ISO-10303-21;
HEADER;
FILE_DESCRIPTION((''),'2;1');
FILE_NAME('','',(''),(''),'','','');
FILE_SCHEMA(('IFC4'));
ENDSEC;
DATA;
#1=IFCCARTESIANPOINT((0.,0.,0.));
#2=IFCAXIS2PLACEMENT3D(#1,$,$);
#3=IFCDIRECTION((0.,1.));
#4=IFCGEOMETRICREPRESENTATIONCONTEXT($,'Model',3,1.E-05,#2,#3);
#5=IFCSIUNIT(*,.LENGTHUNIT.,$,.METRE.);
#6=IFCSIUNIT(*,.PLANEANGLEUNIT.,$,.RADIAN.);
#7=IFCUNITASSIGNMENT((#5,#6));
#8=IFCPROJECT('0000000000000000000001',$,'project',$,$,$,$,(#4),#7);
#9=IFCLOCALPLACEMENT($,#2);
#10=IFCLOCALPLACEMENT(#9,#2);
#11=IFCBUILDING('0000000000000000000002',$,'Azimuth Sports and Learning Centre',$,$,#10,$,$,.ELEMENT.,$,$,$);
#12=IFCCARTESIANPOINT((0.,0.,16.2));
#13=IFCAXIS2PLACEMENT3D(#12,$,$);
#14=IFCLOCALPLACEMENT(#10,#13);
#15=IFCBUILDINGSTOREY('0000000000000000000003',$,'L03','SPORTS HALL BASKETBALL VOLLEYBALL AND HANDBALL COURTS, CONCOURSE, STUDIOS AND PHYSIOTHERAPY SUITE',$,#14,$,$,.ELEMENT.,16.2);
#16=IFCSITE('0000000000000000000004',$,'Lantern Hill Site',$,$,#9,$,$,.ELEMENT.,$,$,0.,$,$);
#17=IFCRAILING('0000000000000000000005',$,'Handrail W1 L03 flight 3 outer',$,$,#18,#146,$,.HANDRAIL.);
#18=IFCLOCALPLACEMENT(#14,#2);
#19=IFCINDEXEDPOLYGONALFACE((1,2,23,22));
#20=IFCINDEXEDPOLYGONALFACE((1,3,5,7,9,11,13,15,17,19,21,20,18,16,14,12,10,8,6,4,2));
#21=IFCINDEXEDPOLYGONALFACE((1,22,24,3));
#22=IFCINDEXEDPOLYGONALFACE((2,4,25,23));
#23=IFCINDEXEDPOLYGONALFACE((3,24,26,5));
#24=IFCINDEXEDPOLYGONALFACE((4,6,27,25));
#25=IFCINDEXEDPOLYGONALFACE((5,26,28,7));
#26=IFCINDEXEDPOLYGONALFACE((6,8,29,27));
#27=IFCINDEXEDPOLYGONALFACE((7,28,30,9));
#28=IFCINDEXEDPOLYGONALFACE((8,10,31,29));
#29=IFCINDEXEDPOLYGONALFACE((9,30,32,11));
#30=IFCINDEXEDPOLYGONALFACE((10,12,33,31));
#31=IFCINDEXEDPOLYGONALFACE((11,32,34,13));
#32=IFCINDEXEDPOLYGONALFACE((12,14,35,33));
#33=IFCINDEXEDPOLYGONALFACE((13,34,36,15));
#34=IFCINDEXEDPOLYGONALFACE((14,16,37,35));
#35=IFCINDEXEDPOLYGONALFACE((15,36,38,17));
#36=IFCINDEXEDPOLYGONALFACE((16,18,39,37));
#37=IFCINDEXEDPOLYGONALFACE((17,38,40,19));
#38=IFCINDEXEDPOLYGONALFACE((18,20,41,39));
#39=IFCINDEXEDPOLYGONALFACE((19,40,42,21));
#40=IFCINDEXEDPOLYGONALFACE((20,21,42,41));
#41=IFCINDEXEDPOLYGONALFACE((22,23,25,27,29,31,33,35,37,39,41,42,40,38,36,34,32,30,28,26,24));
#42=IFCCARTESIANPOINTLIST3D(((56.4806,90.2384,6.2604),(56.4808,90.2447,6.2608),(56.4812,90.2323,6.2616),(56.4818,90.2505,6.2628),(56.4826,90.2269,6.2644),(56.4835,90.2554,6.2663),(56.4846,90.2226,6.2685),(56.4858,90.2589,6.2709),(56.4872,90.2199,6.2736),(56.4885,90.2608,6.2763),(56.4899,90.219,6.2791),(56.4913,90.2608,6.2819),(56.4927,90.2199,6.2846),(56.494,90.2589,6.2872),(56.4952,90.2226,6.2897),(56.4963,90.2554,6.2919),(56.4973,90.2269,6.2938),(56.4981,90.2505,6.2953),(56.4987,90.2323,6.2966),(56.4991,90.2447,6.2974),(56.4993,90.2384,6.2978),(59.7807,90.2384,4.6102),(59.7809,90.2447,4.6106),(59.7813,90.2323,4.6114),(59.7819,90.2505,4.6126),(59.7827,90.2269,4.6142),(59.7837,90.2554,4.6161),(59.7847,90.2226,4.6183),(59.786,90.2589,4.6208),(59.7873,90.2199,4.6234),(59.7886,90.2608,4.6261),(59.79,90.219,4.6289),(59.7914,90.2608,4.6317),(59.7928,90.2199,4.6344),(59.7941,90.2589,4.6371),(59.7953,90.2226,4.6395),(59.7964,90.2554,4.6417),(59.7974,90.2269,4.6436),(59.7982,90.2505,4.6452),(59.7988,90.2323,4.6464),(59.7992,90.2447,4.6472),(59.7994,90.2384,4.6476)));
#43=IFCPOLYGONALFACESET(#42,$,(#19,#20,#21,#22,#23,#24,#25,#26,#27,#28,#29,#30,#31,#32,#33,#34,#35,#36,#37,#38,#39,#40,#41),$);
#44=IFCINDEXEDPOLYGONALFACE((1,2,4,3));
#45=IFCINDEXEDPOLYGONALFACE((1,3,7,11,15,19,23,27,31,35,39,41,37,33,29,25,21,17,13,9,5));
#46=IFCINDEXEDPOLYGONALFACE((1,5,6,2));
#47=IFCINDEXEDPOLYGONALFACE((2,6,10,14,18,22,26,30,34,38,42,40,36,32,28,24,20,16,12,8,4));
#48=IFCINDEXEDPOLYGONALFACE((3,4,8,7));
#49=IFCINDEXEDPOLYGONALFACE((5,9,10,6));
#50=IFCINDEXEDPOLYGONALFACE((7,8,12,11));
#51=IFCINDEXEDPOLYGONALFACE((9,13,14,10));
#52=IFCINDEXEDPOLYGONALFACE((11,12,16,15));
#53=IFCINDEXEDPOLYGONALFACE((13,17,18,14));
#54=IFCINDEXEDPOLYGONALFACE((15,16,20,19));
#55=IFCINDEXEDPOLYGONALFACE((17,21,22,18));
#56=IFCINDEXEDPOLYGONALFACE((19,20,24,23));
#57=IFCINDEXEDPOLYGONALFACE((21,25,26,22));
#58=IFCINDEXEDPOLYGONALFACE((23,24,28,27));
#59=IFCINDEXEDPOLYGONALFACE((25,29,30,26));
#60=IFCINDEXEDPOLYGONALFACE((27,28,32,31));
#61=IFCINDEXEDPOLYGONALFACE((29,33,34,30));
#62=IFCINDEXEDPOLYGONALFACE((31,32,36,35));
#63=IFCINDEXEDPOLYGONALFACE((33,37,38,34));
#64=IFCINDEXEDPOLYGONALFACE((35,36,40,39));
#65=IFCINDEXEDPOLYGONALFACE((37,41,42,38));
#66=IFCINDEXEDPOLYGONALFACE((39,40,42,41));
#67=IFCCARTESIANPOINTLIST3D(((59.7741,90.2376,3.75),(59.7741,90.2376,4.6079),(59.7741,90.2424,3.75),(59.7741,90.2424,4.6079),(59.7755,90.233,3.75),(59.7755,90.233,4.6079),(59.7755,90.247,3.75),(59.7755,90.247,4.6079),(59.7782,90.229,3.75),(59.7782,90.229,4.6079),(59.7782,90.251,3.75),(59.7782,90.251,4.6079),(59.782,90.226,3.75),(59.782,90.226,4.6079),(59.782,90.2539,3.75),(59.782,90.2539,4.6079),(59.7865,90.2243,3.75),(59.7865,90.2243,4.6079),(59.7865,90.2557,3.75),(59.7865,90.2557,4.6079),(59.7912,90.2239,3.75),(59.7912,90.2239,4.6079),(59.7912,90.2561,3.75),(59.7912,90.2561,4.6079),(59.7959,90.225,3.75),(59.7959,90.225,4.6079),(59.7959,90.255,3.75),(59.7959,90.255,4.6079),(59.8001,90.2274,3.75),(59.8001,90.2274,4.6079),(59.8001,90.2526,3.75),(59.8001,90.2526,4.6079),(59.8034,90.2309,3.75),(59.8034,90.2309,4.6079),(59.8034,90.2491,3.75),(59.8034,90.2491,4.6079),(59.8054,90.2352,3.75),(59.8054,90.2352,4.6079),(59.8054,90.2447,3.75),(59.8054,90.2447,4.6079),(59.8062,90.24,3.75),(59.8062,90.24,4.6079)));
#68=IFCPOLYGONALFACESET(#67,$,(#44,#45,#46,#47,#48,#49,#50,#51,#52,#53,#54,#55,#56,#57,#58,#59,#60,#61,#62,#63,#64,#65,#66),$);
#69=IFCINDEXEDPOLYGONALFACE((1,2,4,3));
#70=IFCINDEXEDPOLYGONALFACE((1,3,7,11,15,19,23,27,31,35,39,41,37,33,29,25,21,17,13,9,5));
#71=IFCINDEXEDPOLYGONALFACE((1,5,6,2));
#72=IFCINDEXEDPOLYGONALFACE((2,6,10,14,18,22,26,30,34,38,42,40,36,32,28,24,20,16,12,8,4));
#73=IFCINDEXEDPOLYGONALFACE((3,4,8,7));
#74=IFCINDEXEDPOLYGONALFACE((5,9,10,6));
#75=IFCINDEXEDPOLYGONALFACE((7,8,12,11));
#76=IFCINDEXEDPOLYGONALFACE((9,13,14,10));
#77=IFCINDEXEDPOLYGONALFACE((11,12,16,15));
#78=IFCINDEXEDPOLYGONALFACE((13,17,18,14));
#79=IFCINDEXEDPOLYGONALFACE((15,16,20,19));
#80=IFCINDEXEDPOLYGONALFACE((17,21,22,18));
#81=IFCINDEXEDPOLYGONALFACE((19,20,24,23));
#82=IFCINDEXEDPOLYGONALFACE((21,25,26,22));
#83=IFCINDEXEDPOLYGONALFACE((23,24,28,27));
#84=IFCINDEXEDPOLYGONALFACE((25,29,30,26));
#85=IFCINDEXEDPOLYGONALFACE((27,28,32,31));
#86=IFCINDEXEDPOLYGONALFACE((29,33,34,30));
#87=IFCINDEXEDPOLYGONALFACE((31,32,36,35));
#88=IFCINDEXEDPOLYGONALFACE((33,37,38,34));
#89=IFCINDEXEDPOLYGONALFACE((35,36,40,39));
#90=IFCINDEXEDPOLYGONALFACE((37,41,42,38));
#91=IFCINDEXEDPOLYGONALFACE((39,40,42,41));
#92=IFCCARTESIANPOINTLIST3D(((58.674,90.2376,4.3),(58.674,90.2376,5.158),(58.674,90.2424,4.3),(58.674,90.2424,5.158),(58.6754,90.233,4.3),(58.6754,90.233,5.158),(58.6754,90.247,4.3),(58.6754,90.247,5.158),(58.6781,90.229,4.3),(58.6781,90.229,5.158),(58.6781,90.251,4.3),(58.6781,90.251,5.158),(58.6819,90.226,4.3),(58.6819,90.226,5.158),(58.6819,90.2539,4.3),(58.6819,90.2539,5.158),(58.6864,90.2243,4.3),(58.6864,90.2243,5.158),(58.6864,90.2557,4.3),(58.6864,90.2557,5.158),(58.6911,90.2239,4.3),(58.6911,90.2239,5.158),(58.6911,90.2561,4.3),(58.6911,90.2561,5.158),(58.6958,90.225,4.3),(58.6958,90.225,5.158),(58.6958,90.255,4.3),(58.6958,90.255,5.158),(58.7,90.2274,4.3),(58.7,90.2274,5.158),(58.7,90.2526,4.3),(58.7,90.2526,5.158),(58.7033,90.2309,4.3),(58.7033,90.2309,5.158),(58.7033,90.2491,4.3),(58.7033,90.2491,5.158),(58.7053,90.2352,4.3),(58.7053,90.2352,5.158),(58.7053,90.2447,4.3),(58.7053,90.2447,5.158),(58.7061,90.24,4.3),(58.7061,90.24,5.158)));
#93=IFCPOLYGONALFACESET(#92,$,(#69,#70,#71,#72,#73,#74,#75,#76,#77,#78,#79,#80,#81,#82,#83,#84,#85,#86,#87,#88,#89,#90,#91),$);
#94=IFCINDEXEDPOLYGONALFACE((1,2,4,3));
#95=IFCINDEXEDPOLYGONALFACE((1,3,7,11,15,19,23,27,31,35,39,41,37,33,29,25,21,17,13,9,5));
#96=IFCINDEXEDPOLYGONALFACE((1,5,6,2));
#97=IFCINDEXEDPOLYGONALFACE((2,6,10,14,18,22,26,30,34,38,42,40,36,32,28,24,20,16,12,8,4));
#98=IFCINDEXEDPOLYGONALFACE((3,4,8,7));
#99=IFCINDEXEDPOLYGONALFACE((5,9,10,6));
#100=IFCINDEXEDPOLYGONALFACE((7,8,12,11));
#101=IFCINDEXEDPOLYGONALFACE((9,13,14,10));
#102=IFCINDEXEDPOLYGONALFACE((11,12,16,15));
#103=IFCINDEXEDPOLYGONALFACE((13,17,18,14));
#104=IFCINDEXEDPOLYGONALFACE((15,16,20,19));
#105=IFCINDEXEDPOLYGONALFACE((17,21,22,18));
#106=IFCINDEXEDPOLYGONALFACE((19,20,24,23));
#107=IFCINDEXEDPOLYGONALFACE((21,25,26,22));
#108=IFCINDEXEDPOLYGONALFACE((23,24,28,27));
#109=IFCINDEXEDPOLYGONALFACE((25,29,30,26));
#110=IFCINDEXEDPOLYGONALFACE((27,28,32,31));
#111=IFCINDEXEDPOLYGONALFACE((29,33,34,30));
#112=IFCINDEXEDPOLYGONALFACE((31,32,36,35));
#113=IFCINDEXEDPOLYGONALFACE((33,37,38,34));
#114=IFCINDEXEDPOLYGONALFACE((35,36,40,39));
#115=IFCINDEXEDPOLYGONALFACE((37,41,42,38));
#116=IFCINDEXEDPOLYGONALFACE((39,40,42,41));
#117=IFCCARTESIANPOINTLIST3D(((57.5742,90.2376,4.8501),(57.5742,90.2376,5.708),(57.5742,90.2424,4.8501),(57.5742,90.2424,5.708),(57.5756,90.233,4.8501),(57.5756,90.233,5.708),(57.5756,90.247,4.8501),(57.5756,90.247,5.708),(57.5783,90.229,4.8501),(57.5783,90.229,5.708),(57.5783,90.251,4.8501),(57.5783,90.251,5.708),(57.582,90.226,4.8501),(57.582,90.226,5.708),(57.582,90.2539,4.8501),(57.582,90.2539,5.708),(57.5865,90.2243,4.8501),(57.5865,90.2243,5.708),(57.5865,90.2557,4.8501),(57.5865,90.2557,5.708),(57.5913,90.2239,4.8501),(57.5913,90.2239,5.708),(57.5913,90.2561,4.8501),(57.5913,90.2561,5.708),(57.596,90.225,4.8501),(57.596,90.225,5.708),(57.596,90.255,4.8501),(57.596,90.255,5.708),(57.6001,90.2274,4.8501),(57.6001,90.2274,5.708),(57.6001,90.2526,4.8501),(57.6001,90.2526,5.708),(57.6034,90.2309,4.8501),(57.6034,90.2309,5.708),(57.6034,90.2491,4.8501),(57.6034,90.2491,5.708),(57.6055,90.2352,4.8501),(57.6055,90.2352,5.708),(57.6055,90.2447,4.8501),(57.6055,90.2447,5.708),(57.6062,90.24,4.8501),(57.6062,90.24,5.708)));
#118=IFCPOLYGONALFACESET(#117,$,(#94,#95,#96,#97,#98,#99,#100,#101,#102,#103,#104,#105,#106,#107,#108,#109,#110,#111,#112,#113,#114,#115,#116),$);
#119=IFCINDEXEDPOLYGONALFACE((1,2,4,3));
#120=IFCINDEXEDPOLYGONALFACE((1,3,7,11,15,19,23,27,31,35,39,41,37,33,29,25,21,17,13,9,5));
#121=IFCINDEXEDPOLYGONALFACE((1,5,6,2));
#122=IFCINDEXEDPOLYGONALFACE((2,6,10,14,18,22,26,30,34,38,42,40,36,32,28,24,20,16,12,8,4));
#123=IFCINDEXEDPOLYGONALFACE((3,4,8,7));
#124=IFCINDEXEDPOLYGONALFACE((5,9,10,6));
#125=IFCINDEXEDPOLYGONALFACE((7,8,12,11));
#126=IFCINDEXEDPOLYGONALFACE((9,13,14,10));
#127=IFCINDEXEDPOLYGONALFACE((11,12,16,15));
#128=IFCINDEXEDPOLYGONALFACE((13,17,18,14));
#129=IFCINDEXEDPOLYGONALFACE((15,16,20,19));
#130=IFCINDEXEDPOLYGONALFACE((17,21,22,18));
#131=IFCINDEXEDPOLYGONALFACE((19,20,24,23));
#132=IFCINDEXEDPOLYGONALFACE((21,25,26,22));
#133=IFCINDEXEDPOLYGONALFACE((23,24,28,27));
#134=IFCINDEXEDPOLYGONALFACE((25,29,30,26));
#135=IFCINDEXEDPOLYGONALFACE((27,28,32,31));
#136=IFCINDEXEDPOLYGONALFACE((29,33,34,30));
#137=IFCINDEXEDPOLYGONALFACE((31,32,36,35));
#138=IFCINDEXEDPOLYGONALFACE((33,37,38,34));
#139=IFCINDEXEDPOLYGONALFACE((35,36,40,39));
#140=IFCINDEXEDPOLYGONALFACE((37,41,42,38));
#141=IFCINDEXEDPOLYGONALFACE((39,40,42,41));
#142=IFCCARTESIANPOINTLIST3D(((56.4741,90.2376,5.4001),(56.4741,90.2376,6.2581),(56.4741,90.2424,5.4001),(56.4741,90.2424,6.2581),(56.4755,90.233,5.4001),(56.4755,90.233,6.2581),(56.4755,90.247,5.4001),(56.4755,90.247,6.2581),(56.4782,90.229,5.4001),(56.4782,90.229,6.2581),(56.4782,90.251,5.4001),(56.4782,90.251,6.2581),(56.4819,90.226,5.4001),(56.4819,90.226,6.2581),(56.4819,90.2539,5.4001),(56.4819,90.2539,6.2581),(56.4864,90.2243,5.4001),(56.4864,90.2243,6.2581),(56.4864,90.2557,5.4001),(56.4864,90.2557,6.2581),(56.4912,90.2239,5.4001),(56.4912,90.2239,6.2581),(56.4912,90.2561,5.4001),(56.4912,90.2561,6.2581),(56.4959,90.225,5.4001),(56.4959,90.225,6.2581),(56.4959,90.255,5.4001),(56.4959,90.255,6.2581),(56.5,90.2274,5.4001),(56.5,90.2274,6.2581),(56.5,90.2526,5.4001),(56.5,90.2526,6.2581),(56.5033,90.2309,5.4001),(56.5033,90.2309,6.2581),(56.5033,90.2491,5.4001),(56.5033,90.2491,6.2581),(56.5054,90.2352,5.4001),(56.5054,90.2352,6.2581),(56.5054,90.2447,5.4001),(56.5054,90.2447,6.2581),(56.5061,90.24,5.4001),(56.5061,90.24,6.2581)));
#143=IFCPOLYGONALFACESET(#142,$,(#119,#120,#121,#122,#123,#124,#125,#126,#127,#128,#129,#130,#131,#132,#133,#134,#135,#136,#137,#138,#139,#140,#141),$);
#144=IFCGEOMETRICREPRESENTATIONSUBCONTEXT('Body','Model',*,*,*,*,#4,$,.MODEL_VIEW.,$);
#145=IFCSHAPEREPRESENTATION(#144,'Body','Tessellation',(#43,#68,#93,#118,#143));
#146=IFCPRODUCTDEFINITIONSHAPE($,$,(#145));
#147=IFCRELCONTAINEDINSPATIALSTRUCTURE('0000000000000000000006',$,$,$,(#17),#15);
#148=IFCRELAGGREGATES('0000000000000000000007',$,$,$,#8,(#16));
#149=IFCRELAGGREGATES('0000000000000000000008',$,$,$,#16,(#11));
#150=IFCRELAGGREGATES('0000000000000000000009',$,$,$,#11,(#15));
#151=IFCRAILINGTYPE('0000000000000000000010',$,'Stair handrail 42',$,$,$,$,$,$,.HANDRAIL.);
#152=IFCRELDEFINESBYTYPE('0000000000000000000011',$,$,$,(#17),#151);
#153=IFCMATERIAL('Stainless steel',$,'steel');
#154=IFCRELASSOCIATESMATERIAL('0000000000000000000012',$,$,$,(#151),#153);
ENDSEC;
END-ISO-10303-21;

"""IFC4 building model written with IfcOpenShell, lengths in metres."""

from ifc_helpers import new_model, si_unit, direction, frame, origin, origin_2d, place, context, subcontext, project, spatial, circle, extrude, material, type_object, element, save


model = new_model("IFC4")

# Units and contexts
model_context = context("Model", 3, precision=1e-05, world=origin(), true_north=direction((0.0, 1.0)))
body_context = subcontext(model_context, "Body", "Model", "MODEL_VIEW")
ifc_project = project(units=[si_unit("LENGTHUNIT", "METRE"), si_unit("PLANEANGLEUNIT", "RADIAN")], contexts=[model_context])

# Site, building, storey
site_placement = place(None, origin())
site = spatial("IfcSite", under=ifc_project, at=site_placement, Name="Lantern Hill Site", CompositionType="ELEMENT", RefElevation=0.0)
building_placement = place(site_placement, origin())
building = spatial("IfcBuilding", under=site, at=building_placement, Name="Azimuth Sports and Learning Centre", CompositionType="ELEMENT")
storey_placement = place(building_placement, frame((0.0, 0.0, 16.2)))
storey = spatial("IfcBuildingStorey", under=building, at=storey_placement, Name="L03", Description="SPORTS HALL BASKETBALL VOLLEYBALL AND HANDBALL COURTS, CONCOURSE, STUDIOS AND PHYSIOTHERAPY SUITE", CompositionType="ELEMENT", Elevation=16.2)

# Railing
ifc_material_1 = material(Name="Stainless steel", Category="steel")
railing_type = type_object("IfcRailingType", Name="Stair handrail 42", PredefinedType="HANDRAIL", material=ifc_material_1)
for number, where, name in (
    (1, (59.79, 90.24, 3.75), "Handrail W1 L03 flight 3 outer"),
):
    element("IfcRailing", number, at=place(storey_placement, frame(where)), inside=storey, type_object=railing_type, Name=name, PredefinedType="HANDRAIL", context=body_context, shape_type="SweptSolid", body=[
        extrude(circle(Radius=0.021, at=origin_2d()), frame((0.0, 0.0, 0.8789), z_axis=(-0.894414, 0.0, 0.44724), x_axis=(0.0, -1.0, 0.0)), (0.0, 0.0, 1.0), 3.6897),
        extrude(circle(Radius=0.0161, at=origin_2d()), origin(), (0.0, 0.0, 1.0), 0.8579),
        extrude(circle(Radius=0.0161, at=origin_2d()), frame((-1.1001, 0.0, 0.55)), (0.0, 0.0, 1.0), 0.8579),
        extrude(circle(Radius=0.0161, at=origin_2d()), frame((-2.2, 0.0, 1.1001)), (0.0, 0.0, 1.0), 0.8579),
        extrude(circle(Radius=0.0161, at=origin_2d()), frame((-3.3, 0.0, 1.6501)), (0.0, 0.0, 1.0), 0.8579),
    ])

save(model, "model.ifc")
